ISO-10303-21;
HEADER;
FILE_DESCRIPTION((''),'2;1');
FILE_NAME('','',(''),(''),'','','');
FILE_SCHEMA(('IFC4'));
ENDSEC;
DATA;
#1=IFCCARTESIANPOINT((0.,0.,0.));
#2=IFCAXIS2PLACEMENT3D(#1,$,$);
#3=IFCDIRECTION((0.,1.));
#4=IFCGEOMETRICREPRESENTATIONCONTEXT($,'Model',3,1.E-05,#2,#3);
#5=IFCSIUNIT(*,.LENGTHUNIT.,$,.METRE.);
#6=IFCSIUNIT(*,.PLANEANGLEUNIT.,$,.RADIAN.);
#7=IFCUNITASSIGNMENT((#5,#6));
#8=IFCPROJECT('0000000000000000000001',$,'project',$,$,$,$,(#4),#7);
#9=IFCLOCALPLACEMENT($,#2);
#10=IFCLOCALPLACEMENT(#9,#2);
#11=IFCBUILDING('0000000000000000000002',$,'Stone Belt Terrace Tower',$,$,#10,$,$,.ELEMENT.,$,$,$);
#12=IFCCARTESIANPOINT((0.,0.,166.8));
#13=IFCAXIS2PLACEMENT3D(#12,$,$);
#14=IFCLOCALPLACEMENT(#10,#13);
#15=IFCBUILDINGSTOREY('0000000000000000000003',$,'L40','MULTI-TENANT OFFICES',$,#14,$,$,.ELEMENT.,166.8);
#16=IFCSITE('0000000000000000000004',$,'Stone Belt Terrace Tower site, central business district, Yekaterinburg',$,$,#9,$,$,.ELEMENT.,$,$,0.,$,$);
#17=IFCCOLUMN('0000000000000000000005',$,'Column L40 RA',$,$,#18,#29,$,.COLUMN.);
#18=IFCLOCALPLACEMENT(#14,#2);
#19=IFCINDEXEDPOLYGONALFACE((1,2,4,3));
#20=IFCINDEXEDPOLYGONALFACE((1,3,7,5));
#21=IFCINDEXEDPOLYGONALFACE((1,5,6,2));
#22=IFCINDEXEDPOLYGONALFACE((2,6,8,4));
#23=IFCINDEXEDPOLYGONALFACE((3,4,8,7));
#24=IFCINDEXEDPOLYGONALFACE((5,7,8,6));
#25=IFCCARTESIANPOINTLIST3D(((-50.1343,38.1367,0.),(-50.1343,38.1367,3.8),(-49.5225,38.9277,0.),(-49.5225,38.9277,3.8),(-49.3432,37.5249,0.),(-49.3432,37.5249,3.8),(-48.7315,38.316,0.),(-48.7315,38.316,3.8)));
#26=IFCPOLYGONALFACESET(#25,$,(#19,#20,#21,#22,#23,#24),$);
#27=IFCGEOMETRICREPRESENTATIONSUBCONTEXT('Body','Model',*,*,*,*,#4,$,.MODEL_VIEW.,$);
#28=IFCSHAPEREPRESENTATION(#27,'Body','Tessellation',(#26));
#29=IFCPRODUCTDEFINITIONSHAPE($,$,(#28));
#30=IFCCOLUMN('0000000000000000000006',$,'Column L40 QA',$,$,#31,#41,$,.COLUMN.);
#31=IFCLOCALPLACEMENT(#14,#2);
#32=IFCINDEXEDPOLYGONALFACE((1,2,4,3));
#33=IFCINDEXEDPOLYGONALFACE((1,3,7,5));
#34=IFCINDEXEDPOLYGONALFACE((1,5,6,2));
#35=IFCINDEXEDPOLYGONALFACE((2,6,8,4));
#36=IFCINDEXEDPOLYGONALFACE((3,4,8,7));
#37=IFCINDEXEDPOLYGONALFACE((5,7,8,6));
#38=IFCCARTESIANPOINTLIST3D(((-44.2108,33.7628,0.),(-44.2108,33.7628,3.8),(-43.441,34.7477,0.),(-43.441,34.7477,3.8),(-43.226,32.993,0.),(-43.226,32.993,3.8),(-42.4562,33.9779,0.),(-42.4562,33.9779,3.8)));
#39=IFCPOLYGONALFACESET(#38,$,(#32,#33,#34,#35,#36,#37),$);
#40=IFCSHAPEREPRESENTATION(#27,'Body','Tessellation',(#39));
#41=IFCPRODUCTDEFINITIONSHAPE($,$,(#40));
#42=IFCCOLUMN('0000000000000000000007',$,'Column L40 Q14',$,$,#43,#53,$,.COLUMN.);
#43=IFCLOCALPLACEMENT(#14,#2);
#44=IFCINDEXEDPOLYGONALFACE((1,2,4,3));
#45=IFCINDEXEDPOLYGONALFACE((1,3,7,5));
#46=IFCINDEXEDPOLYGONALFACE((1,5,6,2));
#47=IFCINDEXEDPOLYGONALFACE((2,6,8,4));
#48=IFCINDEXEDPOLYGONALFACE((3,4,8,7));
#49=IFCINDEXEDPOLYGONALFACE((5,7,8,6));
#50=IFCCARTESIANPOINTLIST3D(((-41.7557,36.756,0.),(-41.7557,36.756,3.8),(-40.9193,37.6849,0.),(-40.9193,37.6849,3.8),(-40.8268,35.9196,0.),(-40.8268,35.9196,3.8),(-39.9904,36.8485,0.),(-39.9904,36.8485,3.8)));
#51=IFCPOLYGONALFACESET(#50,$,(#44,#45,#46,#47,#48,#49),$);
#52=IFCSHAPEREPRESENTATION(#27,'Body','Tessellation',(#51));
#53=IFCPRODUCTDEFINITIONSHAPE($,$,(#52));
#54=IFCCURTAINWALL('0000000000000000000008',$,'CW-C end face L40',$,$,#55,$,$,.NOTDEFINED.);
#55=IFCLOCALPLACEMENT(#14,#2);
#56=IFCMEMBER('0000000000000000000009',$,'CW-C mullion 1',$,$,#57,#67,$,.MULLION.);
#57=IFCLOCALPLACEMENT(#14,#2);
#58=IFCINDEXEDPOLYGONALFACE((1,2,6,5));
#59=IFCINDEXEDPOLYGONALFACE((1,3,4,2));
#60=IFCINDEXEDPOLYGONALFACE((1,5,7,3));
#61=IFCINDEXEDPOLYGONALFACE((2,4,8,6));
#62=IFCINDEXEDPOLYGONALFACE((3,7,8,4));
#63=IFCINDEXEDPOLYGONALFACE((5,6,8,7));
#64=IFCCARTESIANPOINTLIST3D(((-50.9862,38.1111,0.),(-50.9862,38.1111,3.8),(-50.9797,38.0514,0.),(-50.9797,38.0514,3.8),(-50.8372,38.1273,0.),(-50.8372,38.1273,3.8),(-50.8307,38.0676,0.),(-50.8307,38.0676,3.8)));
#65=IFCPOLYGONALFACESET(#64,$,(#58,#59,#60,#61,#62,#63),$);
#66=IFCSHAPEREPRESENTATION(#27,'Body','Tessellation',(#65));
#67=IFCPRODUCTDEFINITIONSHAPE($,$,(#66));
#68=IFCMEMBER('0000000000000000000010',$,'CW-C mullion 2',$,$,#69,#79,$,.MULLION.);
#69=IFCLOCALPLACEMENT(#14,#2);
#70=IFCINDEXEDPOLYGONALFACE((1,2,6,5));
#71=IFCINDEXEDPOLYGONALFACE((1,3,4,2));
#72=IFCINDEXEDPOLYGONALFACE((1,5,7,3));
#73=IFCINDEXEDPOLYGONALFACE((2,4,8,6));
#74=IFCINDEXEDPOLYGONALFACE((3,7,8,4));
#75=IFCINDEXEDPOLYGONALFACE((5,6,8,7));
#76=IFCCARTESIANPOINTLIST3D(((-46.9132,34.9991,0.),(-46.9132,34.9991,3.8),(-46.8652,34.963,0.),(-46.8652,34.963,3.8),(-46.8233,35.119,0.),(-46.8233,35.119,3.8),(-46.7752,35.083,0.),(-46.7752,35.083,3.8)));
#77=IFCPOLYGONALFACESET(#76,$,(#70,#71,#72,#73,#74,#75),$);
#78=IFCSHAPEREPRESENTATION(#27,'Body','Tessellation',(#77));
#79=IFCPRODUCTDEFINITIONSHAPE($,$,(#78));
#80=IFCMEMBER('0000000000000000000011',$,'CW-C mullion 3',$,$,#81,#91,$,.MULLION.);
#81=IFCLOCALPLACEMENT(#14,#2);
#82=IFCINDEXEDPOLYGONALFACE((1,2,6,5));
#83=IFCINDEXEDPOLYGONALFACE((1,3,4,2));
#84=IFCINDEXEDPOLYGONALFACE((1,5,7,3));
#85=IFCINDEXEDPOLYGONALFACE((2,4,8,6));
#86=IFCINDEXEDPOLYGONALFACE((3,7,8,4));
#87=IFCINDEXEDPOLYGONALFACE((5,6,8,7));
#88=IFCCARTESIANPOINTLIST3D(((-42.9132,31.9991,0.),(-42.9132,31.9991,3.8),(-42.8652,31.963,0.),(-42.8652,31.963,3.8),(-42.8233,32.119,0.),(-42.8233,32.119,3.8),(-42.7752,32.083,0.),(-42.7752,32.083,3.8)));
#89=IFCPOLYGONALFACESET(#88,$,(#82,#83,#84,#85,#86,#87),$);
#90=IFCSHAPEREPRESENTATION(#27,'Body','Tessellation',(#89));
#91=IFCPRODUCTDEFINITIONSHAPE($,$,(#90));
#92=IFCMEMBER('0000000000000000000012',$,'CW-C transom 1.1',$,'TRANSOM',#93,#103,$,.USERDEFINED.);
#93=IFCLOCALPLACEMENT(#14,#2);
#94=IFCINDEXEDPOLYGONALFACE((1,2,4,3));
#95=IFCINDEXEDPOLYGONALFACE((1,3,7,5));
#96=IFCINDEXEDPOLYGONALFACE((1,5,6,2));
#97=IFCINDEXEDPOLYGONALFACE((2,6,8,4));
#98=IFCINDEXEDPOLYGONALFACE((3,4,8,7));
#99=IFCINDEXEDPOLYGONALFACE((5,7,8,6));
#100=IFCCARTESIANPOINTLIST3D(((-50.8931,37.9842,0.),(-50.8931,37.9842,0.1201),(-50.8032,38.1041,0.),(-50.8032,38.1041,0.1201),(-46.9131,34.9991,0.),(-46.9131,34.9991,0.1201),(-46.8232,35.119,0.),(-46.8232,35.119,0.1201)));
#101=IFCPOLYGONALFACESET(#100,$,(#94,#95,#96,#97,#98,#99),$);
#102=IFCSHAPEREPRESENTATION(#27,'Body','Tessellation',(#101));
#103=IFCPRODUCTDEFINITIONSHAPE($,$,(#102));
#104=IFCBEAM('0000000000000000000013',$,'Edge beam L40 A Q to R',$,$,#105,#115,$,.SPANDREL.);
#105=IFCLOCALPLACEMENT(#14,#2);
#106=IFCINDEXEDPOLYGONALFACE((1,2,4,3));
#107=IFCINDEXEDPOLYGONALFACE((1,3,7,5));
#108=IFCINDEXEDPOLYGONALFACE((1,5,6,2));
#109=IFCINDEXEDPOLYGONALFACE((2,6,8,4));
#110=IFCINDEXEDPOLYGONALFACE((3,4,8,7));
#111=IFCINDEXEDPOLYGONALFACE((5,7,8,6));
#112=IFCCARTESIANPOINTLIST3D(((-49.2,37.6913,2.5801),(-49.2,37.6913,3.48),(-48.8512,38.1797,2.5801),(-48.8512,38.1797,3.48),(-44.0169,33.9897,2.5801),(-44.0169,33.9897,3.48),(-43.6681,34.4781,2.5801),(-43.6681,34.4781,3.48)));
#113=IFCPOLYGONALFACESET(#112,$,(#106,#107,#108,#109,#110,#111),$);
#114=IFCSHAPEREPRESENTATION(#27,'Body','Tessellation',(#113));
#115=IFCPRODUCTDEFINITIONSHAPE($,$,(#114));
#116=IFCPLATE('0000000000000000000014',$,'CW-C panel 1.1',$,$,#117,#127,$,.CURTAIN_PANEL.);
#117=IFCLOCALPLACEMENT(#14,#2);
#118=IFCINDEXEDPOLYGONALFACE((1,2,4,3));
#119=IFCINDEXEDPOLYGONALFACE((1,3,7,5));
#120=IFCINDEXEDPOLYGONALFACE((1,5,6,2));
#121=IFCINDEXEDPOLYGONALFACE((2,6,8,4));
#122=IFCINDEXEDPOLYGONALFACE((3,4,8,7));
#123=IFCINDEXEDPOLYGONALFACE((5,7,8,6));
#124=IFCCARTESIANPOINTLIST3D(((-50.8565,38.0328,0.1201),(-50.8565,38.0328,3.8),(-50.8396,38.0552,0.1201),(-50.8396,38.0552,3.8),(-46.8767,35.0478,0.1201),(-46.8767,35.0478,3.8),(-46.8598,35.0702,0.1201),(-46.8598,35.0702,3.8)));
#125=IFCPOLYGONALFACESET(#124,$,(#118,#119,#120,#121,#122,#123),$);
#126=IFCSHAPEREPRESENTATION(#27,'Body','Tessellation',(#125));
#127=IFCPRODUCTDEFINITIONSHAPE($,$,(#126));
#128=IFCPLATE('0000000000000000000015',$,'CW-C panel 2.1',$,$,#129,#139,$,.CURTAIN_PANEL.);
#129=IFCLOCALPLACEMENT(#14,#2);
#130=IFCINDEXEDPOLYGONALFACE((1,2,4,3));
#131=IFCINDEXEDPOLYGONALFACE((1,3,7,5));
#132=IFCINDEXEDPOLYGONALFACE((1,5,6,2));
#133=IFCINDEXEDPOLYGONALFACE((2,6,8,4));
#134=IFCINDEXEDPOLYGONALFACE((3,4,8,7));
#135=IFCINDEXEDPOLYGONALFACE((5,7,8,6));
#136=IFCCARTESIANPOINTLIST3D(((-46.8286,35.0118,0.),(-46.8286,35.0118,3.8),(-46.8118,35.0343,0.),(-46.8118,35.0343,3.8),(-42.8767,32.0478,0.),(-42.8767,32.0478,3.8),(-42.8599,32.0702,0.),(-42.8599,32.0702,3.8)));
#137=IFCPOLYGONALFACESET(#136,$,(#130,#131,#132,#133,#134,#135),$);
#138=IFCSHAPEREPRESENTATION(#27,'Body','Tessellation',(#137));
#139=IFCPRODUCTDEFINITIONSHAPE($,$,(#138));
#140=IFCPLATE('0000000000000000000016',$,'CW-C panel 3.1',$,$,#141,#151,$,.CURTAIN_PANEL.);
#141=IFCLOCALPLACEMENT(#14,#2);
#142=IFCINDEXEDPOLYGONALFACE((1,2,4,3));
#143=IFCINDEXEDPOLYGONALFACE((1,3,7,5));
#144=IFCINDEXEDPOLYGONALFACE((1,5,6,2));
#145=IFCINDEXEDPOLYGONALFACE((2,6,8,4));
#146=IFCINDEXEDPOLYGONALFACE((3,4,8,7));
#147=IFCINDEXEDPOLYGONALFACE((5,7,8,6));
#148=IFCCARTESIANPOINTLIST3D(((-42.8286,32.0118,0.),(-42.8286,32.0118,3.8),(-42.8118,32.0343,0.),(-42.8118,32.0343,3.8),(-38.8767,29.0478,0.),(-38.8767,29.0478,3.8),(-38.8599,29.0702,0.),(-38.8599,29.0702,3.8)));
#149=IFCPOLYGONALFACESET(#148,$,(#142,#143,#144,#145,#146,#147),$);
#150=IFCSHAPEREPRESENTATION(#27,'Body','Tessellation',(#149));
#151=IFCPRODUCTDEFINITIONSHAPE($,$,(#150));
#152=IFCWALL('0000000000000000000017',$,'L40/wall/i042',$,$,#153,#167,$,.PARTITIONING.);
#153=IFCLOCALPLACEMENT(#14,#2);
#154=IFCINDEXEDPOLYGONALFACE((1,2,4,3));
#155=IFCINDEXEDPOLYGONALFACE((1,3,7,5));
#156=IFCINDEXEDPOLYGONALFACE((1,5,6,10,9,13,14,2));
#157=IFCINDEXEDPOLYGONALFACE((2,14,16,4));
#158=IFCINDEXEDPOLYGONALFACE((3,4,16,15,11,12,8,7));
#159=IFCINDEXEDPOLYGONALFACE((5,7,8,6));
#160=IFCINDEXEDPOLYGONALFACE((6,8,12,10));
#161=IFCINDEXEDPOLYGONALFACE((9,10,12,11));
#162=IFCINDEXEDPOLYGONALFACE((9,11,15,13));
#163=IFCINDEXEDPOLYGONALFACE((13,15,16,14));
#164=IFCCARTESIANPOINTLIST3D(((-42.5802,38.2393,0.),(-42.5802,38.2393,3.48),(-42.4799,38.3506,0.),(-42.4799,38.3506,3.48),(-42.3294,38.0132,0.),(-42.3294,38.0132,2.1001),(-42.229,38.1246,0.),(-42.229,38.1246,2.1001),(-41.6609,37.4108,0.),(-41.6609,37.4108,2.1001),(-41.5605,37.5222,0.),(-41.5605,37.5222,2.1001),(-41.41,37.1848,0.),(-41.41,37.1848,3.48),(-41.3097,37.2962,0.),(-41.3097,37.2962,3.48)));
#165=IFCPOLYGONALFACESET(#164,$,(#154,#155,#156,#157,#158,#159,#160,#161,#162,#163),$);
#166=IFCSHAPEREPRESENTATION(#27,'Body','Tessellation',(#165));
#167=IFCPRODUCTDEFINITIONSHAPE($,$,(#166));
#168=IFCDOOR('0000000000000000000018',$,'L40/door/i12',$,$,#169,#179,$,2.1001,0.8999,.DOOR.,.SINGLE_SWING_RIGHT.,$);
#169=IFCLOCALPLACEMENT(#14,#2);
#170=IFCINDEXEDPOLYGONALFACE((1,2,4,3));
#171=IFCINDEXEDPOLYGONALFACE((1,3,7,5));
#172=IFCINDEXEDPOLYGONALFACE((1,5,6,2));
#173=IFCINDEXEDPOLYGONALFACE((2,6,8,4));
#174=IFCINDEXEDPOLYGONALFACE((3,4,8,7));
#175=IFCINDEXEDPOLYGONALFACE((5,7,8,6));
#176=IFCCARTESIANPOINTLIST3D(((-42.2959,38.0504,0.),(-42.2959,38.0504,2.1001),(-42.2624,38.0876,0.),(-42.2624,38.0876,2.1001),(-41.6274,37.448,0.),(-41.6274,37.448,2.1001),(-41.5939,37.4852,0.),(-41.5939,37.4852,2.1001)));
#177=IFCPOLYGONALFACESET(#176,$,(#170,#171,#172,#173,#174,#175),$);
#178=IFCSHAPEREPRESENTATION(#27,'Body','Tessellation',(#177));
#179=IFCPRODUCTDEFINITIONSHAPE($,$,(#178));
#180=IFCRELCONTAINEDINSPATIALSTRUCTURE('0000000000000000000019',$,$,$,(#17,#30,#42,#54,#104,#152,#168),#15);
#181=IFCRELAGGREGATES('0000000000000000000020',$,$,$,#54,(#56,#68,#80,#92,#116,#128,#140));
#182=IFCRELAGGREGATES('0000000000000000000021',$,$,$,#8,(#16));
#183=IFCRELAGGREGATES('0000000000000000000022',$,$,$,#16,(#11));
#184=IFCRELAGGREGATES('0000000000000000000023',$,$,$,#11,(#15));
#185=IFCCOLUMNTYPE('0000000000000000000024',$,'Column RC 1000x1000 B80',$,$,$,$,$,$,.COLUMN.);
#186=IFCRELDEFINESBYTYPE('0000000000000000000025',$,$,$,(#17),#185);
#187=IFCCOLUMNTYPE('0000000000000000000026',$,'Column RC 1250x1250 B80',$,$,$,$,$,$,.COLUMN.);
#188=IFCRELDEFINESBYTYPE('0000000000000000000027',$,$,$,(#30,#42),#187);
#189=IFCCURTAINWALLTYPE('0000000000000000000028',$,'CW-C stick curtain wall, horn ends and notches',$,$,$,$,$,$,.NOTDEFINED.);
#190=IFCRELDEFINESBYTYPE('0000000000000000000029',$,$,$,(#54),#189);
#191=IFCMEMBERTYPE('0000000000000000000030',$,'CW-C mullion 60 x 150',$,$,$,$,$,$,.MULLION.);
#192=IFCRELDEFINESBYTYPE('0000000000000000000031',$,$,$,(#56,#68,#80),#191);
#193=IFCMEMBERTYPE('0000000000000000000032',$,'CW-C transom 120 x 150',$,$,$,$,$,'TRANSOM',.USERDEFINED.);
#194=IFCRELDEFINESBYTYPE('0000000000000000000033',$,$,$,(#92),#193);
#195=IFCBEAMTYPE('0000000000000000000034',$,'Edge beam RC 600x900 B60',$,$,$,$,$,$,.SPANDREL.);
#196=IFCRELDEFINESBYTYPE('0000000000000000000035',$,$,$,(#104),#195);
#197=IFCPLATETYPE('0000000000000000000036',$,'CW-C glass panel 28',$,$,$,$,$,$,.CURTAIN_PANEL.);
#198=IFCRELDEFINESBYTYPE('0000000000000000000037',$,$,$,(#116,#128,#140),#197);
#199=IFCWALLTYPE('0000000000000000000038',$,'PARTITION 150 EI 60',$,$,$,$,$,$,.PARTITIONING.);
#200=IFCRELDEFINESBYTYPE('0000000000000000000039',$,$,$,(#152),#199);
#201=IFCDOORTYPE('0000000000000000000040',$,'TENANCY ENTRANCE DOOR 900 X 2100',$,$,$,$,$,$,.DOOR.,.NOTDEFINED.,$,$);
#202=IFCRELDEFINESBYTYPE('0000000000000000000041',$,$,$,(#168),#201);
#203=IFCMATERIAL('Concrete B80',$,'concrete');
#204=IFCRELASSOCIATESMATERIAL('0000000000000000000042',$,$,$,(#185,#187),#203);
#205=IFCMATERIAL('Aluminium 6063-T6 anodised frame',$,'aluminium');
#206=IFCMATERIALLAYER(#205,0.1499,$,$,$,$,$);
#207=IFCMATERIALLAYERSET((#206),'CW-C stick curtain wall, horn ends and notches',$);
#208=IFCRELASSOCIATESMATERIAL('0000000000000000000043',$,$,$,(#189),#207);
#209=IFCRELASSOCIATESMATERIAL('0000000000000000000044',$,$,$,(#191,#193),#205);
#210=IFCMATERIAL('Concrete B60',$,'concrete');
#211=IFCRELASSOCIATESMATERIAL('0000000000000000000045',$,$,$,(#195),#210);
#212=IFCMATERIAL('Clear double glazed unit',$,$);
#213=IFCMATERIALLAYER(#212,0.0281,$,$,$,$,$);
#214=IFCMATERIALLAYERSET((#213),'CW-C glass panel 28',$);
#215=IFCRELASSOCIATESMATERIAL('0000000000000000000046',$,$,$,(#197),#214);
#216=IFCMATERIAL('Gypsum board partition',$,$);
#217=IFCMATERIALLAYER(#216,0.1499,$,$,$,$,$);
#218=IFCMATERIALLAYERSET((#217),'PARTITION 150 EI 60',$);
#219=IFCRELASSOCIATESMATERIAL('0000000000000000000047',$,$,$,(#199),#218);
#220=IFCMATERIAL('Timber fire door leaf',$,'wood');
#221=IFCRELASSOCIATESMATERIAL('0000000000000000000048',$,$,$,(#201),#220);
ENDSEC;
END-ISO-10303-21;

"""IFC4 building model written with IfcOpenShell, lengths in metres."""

from ifc_helpers import new_model, si_unit, direction, frame, frame_2d, origin, origin_2d, place, context, subcontext, project, spatial, rectangle, extrude, material, layer, layer_set, material_profile, profile_set, type_object, element, fill, aggregate, save


model = new_model("IFC4")

# Units and contexts
model_context = context("Model", 3, precision=1e-05, world=origin(), true_north=direction((0.0, 1.0)))
body_context = subcontext(model_context, "Body", "Model", "MODEL_VIEW")
ifc_project = project(units=[si_unit("LENGTHUNIT", "METRE"), si_unit("PLANEANGLEUNIT", "RADIAN")], contexts=[model_context])

# Site, building, storey
site_placement = place(None, origin())
site = spatial("IfcSite", under=ifc_project, at=site_placement, Name="Stone Belt Terrace Tower site, central business district, Yekaterinburg", CompositionType="ELEMENT", RefElevation=0.0)
building_placement = place(site_placement, origin())
building = spatial("IfcBuilding", under=site, at=building_placement, Name="Stone Belt Terrace Tower", CompositionType="ELEMENT")
storey_placement = place(building_placement, frame((0.0, 0.0, 166.8)))
storey = spatial("IfcBuildingStorey", under=building, at=storey_placement, Name="L40", Description="MULTI-TENANT OFFICES", CompositionType="ELEMENT", Elevation=166.8)

# Columns
ifc_material_1 = material(Name="Concrete B80", Category="concrete")
ifc_material_profile_1 = material_profile(ifc_material_1, rectangle(XDim=1.0, YDim=1.0, at=origin_2d()), Name="RC 1000x1000")
ifc_profile_set_1 = profile_set([ifc_material_profile_1], Name="Concrete B80")
column_type_1 = type_object("IfcColumnType", Name="Column RC 1000x1000 B80", PredefinedType="COLUMN", material=ifc_profile_set_1)
column_placement = place(storey_placement, frame((-49.4329, 38.2263, 0.0), z_axis=(0.0, 0.0, 1.0), x_axis=(0.61173, 0.791067, 0.0)))
element("IfcColumn", 1, at=column_placement, inside=storey, type_object=column_type_1, Name="Column L40 RA", PredefinedType="COLUMN", context=body_context, shape_type="SweptSolid", body=[
    extrude(rectangle(XDim=1.0, YDim=1.0, at=origin_2d()), origin(), (0.0, 0.0, 1.0), 3.8),
])
ifc_material_profile_2 = material_profile(ifc_material_1, rectangle(XDim=1.25, YDim=1.25, at=origin_2d()), Name="RC 1250x1250")
ifc_profile_set_2 = profile_set([ifc_material_profile_2], Name="Concrete B80")
column_type_2 = type_object("IfcColumnType", Name="Column RC 1250x1250 B80", PredefinedType="COLUMN", material=ifc_profile_set_2)
for number, where, z_axis, x_axis, name in (
    (2, (-43.3335, 33.8704, 0.0), (0.0, 0.0, 1.0), (0.615825, 0.787883, 0.0), "Column L40 QA"),
    (3, (-40.873, 36.8022, 0.0), (0.0, 0.0, 1.0), (0.669131, 0.743145, 0.0), "Column L40 Q14"),
):
    element("IfcColumn", number, at=place(storey_placement, frame(where, z_axis=z_axis, x_axis=x_axis)), inside=storey, type_object=column_type_2, Name=name, PredefinedType="COLUMN", context=body_context, shape_type="SweptSolid", body=[
        extrude(rectangle(XDim=1.25, YDim=1.25, at=origin_2d()), origin(), (0.0, 0.0, 1.0), 3.8),
    ])

# Curtain wall, members
ifc_material_2 = material(Name="Aluminium 6063-T6 anodised frame", Category="aluminium")
ifc_layer_1 = layer(ifc_material_2, 0.1499)
ifc_layer_set_1 = layer_set([ifc_layer_1], Name="CW-C stick curtain wall, horn ends and notches")
curtain_wall_type = type_object("IfcCurtainWallType", Name="CW-C stick curtain wall, horn ends and notches", PredefinedType="NOTDEFINED", material=ifc_layer_set_1)
curtain_wall_placement = place(storey_placement, origin())
curtain_wall = element("IfcCurtainWall", 4, at=curtain_wall_placement, inside=storey, type_object=curtain_wall_type, Name="CW-C end face L40", PredefinedType="NOTDEFINED")
ifc_material_profile_3 = material_profile(ifc_material_2, rectangle(XDim=0.1499, YDim=0.0601, at=origin_2d()), Name="Aluminium 6063-T6 60x150")
ifc_profile_set_3 = profile_set([ifc_material_profile_3], Name="Aluminium 6063-T6 anodised frame")
member_type_1 = type_object("IfcMemberType", Name="CW-C mullion 60 x 150", PredefinedType="MULLION", material=ifc_profile_set_3)
member_1_placement = place(storey_placement, frame((-50.9084, 38.0894, 0.0), z_axis=(0.0, 0.0, 1.0), x_axis=(0.994169, 0.10783, 0.0)))
member_1 = element("IfcMember", 5, at=member_1_placement, type_object=member_type_1, Name="CW-C mullion 1", PredefinedType="MULLION", context=body_context, shape_type="SweptSolid", body=[
    extrude(rectangle(XDim=0.1499, YDim=0.0601, at=origin_2d()), origin(), (0.0, 0.0, 1.0), 3.8),
])
member_2_placement = place(storey_placement, frame((-46.8442, 35.041, 0.0), z_axis=(0.0, 0.0, 1.0), x_axis=(0.600018, 0.799987, 0.0)))
member_2 = element("IfcMember", 6, at=member_2_placement, type_object=member_type_1, Name="CW-C mullion 2", PredefinedType="MULLION", context=body_context, shape_type="SweptSolid", body=[
    extrude(rectangle(XDim=0.1499, YDim=0.0601, at=origin_2d()), origin(), (0.0, 0.0, 1.0), 3.8),
])
member_3_placement = place(storey_placement, frame((-42.8442, 32.041, 0.0), z_axis=(0.0, 0.0, 1.0), x_axis=(0.600018, 0.799987, 0.0)))
member_3 = element("IfcMember", 7, at=member_3_placement, type_object=member_type_1, Name="CW-C mullion 3", PredefinedType="MULLION", context=body_context, shape_type="SweptSolid", body=[
    extrude(rectangle(XDim=0.1499, YDim=0.0601, at=origin_2d()), origin(), (0.0, 0.0, 1.0), 3.8),
])
ifc_material_profile_4 = material_profile(ifc_material_2, rectangle(XDim=0.1499, YDim=0.1201, at=origin_2d()), Name="Aluminium 6063-T6 150x120")
ifc_profile_set_4 = profile_set([ifc_material_profile_4], Name="Aluminium 6063-T6 anodised frame")
member_type_2 = type_object("IfcMemberType", Name="CW-C transom 120 x 150", ElementType="TRANSOM", PredefinedType="USERDEFINED", material=ifc_profile_set_4)
member_4_placement = place(storey_placement, frame((-50.8481, 38.0442, 0.0601), z_axis=(0.799988, -0.600016, 0.0), x_axis=(0.600016, 0.799988, 0.0)))
member_4 = element("IfcMember", 8, at=member_4_placement, type_object=member_type_2, Name="CW-C transom 1.1", ObjectType="TRANSOM", PredefinedType="USERDEFINED", context=body_context, shape_type="SweptSolid", body=[
    extrude(rectangle(XDim=0.1499, YDim=0.1201, at=origin_2d()), origin(), (0.0, 0.0, 1.0), 4.9751),
])

# Beam
ifc_material_3 = material(Name="Concrete B60", Category="concrete")
ifc_material_profile_5 = material_profile(ifc_material_3, rectangle(XDim=0.6001, YDim=0.8999, at=origin_2d()), Name="RC 600x900")
ifc_profile_set_5 = profile_set([ifc_material_profile_5], Name="Concrete B60")
beam_type = type_object("IfcBeamType", Name="Edge beam RC 600x900 B60", PredefinedType="SPANDREL", material=ifc_profile_set_5)
beam_placement = place(storey_placement, frame((-43.8425, 34.2339, 3.03), z_axis=(-0.813775, 0.58118, 0.0), x_axis=(-0.58118, -0.813775, 0.0)))
element("IfcBeam", 9, at=beam_placement, inside=storey, type_object=beam_type, Name="Edge beam L40 A Q to R", PredefinedType="SPANDREL", context=body_context, shape_type="SweptSolid", body=[
    extrude(rectangle(XDim=0.6001, YDim=0.8999, at=origin_2d()), origin(), (0.0, 0.0, 1.0), 6.3691),
])

# Plates
ifc_material_4 = material(Name="Clear double glazed unit")
ifc_layer_2 = layer(ifc_material_4, 0.0281)
ifc_layer_set_2 = layer_set([ifc_layer_2], Name="CW-C glass panel 28")
plate_type = type_object("IfcPlateType", Name="CW-C glass panel 28", PredefinedType="CURTAIN_PANEL", material=ifc_layer_set_2)
plate_1_placement = place(storey_placement, frame((-48.8582, 36.5515, 0.1201), z_axis=(0.0, 0.0, 1.0), x_axis=(0.799987, -0.600018, 0.0)))
plate_1 = element("IfcPlate", 10, at=plate_1_placement, type_object=plate_type, Name="CW-C panel 1.1", PredefinedType="CURTAIN_PANEL", context=body_context, shape_type="SweptSolid", body=[
    extrude(rectangle(XDim=4.9749, YDim=0.0281, at=origin_2d()), origin(), (0.0, 0.0, 1.0), 3.6799),
])
plate_2_placement = place(storey_placement, frame((-44.8442, 33.541, 0.0), z_axis=(0.0, 0.0, 1.0), x_axis=(0.799987, -0.600018, 0.0)))
plate_2 = element("IfcPlate", 11, at=plate_2_placement, type_object=plate_type, Name="CW-C panel 2.1", PredefinedType="CURTAIN_PANEL", context=body_context, shape_type="SweptSolid", body=[
    extrude(rectangle(XDim=4.9399, YDim=0.0281, at=origin_2d()), origin(), (0.0, 0.0, 1.0), 3.8),
])
plate_3_placement = place(storey_placement, frame((-40.8442, 30.541, 0.0), z_axis=(0.0, 0.0, 1.0), x_axis=(0.799987, -0.600018, 0.0)))
plate_3 = element("IfcPlate", 12, at=plate_3_placement, type_object=plate_type, Name="CW-C panel 3.1", PredefinedType="CURTAIN_PANEL", context=body_context, shape_type="SweptSolid", body=[
    extrude(rectangle(XDim=4.9399, YDim=0.0281, at=origin_2d()), origin(), (0.0, 0.0, 1.0), 3.8),
])
aggregate(curtain_wall, [member_1, member_2, member_3, member_4, plate_1, plate_2, plate_3])

# Wall, opening, door
ifc_material_5 = material(Name="Gypsum board partition")
ifc_layer_3 = layer(ifc_material_5, 0.1499)
ifc_layer_set_3 = layer_set([ifc_layer_3], Name="PARTITION 150 EI 60")
wall_type = type_object("IfcWallType", Name="PARTITION 150 EI 60", PredefinedType="PARTITIONING", material=ifc_layer_set_3)
wall_1_placement = place(storey_placement, frame((-41.3599, 37.2405, 0.0), z_axis=(0.0, 0.0, 1.0), x_axis=(-0.742886, 0.669418, 0.0)))
wall_1 = element("IfcWall", 13, at=wall_1_placement, inside=storey, type_object=wall_type, Name="L40/wall/i042", PredefinedType="PARTITIONING", context=body_context, shape_type="SweptSolid", body=[
    extrude(rectangle(XDim=1.5752, YDim=0.1499, at=frame_2d((0.7876, 0.0))), origin(), (0.0, 0.0, 1.0), 3.48),
])
opening_1_placement = place(wall_1_placement, frame((0.3376, 0.0, 0.0)))
opening_1 = element("IfcOpeningElement", 14, at=opening_1_placement, cuts=wall_1, PredefinedType="OPENING", context=body_context, shape_type="SweptSolid", body=[
    extrude(rectangle(XDim=0.8999, YDim=2.1001, at=frame_2d((0.45, 1.05))), frame((0.0, 0.085, 0.0), z_axis=(0.0, -1.0, 0.0), x_axis=(1.0, 0.0, 0.0)), (0.0, 0.0, 1.0), 0.1699),
])
ifc_material_6 = material(Name="Timber fire door leaf", Category="wood")
door_type_1 = type_object("IfcDoorType", Name="TENANCY ENTRANCE DOOR 900 X 2100", OperationType="NOTDEFINED", PredefinedType="DOOR", material=ifc_material_6)
door_1_placement = place(opening_1_placement, origin())
door_1 = element("IfcDoor", 15, at=door_1_placement, inside=storey, type_object=door_type_1, Name="L40/door/i12", OperationType="SINGLE_SWING_RIGHT", OverallHeight=2.1001, OverallWidth=0.8999, PredefinedType="DOOR", context=body_context, shape_type="SweptSolid", body=[
    extrude(rectangle(XDim=0.8999, YDim=2.1001, at=frame_2d((0.45, 1.05))), frame((0.0, 0.0249, 0.0), z_axis=(0.0, -1.0, 0.0), x_axis=(1.0, 0.0, 0.0)), (0.0, 0.0, 1.0), 0.05),
])
fill(opening_1, door_1)

save(model, "model.ifc")
